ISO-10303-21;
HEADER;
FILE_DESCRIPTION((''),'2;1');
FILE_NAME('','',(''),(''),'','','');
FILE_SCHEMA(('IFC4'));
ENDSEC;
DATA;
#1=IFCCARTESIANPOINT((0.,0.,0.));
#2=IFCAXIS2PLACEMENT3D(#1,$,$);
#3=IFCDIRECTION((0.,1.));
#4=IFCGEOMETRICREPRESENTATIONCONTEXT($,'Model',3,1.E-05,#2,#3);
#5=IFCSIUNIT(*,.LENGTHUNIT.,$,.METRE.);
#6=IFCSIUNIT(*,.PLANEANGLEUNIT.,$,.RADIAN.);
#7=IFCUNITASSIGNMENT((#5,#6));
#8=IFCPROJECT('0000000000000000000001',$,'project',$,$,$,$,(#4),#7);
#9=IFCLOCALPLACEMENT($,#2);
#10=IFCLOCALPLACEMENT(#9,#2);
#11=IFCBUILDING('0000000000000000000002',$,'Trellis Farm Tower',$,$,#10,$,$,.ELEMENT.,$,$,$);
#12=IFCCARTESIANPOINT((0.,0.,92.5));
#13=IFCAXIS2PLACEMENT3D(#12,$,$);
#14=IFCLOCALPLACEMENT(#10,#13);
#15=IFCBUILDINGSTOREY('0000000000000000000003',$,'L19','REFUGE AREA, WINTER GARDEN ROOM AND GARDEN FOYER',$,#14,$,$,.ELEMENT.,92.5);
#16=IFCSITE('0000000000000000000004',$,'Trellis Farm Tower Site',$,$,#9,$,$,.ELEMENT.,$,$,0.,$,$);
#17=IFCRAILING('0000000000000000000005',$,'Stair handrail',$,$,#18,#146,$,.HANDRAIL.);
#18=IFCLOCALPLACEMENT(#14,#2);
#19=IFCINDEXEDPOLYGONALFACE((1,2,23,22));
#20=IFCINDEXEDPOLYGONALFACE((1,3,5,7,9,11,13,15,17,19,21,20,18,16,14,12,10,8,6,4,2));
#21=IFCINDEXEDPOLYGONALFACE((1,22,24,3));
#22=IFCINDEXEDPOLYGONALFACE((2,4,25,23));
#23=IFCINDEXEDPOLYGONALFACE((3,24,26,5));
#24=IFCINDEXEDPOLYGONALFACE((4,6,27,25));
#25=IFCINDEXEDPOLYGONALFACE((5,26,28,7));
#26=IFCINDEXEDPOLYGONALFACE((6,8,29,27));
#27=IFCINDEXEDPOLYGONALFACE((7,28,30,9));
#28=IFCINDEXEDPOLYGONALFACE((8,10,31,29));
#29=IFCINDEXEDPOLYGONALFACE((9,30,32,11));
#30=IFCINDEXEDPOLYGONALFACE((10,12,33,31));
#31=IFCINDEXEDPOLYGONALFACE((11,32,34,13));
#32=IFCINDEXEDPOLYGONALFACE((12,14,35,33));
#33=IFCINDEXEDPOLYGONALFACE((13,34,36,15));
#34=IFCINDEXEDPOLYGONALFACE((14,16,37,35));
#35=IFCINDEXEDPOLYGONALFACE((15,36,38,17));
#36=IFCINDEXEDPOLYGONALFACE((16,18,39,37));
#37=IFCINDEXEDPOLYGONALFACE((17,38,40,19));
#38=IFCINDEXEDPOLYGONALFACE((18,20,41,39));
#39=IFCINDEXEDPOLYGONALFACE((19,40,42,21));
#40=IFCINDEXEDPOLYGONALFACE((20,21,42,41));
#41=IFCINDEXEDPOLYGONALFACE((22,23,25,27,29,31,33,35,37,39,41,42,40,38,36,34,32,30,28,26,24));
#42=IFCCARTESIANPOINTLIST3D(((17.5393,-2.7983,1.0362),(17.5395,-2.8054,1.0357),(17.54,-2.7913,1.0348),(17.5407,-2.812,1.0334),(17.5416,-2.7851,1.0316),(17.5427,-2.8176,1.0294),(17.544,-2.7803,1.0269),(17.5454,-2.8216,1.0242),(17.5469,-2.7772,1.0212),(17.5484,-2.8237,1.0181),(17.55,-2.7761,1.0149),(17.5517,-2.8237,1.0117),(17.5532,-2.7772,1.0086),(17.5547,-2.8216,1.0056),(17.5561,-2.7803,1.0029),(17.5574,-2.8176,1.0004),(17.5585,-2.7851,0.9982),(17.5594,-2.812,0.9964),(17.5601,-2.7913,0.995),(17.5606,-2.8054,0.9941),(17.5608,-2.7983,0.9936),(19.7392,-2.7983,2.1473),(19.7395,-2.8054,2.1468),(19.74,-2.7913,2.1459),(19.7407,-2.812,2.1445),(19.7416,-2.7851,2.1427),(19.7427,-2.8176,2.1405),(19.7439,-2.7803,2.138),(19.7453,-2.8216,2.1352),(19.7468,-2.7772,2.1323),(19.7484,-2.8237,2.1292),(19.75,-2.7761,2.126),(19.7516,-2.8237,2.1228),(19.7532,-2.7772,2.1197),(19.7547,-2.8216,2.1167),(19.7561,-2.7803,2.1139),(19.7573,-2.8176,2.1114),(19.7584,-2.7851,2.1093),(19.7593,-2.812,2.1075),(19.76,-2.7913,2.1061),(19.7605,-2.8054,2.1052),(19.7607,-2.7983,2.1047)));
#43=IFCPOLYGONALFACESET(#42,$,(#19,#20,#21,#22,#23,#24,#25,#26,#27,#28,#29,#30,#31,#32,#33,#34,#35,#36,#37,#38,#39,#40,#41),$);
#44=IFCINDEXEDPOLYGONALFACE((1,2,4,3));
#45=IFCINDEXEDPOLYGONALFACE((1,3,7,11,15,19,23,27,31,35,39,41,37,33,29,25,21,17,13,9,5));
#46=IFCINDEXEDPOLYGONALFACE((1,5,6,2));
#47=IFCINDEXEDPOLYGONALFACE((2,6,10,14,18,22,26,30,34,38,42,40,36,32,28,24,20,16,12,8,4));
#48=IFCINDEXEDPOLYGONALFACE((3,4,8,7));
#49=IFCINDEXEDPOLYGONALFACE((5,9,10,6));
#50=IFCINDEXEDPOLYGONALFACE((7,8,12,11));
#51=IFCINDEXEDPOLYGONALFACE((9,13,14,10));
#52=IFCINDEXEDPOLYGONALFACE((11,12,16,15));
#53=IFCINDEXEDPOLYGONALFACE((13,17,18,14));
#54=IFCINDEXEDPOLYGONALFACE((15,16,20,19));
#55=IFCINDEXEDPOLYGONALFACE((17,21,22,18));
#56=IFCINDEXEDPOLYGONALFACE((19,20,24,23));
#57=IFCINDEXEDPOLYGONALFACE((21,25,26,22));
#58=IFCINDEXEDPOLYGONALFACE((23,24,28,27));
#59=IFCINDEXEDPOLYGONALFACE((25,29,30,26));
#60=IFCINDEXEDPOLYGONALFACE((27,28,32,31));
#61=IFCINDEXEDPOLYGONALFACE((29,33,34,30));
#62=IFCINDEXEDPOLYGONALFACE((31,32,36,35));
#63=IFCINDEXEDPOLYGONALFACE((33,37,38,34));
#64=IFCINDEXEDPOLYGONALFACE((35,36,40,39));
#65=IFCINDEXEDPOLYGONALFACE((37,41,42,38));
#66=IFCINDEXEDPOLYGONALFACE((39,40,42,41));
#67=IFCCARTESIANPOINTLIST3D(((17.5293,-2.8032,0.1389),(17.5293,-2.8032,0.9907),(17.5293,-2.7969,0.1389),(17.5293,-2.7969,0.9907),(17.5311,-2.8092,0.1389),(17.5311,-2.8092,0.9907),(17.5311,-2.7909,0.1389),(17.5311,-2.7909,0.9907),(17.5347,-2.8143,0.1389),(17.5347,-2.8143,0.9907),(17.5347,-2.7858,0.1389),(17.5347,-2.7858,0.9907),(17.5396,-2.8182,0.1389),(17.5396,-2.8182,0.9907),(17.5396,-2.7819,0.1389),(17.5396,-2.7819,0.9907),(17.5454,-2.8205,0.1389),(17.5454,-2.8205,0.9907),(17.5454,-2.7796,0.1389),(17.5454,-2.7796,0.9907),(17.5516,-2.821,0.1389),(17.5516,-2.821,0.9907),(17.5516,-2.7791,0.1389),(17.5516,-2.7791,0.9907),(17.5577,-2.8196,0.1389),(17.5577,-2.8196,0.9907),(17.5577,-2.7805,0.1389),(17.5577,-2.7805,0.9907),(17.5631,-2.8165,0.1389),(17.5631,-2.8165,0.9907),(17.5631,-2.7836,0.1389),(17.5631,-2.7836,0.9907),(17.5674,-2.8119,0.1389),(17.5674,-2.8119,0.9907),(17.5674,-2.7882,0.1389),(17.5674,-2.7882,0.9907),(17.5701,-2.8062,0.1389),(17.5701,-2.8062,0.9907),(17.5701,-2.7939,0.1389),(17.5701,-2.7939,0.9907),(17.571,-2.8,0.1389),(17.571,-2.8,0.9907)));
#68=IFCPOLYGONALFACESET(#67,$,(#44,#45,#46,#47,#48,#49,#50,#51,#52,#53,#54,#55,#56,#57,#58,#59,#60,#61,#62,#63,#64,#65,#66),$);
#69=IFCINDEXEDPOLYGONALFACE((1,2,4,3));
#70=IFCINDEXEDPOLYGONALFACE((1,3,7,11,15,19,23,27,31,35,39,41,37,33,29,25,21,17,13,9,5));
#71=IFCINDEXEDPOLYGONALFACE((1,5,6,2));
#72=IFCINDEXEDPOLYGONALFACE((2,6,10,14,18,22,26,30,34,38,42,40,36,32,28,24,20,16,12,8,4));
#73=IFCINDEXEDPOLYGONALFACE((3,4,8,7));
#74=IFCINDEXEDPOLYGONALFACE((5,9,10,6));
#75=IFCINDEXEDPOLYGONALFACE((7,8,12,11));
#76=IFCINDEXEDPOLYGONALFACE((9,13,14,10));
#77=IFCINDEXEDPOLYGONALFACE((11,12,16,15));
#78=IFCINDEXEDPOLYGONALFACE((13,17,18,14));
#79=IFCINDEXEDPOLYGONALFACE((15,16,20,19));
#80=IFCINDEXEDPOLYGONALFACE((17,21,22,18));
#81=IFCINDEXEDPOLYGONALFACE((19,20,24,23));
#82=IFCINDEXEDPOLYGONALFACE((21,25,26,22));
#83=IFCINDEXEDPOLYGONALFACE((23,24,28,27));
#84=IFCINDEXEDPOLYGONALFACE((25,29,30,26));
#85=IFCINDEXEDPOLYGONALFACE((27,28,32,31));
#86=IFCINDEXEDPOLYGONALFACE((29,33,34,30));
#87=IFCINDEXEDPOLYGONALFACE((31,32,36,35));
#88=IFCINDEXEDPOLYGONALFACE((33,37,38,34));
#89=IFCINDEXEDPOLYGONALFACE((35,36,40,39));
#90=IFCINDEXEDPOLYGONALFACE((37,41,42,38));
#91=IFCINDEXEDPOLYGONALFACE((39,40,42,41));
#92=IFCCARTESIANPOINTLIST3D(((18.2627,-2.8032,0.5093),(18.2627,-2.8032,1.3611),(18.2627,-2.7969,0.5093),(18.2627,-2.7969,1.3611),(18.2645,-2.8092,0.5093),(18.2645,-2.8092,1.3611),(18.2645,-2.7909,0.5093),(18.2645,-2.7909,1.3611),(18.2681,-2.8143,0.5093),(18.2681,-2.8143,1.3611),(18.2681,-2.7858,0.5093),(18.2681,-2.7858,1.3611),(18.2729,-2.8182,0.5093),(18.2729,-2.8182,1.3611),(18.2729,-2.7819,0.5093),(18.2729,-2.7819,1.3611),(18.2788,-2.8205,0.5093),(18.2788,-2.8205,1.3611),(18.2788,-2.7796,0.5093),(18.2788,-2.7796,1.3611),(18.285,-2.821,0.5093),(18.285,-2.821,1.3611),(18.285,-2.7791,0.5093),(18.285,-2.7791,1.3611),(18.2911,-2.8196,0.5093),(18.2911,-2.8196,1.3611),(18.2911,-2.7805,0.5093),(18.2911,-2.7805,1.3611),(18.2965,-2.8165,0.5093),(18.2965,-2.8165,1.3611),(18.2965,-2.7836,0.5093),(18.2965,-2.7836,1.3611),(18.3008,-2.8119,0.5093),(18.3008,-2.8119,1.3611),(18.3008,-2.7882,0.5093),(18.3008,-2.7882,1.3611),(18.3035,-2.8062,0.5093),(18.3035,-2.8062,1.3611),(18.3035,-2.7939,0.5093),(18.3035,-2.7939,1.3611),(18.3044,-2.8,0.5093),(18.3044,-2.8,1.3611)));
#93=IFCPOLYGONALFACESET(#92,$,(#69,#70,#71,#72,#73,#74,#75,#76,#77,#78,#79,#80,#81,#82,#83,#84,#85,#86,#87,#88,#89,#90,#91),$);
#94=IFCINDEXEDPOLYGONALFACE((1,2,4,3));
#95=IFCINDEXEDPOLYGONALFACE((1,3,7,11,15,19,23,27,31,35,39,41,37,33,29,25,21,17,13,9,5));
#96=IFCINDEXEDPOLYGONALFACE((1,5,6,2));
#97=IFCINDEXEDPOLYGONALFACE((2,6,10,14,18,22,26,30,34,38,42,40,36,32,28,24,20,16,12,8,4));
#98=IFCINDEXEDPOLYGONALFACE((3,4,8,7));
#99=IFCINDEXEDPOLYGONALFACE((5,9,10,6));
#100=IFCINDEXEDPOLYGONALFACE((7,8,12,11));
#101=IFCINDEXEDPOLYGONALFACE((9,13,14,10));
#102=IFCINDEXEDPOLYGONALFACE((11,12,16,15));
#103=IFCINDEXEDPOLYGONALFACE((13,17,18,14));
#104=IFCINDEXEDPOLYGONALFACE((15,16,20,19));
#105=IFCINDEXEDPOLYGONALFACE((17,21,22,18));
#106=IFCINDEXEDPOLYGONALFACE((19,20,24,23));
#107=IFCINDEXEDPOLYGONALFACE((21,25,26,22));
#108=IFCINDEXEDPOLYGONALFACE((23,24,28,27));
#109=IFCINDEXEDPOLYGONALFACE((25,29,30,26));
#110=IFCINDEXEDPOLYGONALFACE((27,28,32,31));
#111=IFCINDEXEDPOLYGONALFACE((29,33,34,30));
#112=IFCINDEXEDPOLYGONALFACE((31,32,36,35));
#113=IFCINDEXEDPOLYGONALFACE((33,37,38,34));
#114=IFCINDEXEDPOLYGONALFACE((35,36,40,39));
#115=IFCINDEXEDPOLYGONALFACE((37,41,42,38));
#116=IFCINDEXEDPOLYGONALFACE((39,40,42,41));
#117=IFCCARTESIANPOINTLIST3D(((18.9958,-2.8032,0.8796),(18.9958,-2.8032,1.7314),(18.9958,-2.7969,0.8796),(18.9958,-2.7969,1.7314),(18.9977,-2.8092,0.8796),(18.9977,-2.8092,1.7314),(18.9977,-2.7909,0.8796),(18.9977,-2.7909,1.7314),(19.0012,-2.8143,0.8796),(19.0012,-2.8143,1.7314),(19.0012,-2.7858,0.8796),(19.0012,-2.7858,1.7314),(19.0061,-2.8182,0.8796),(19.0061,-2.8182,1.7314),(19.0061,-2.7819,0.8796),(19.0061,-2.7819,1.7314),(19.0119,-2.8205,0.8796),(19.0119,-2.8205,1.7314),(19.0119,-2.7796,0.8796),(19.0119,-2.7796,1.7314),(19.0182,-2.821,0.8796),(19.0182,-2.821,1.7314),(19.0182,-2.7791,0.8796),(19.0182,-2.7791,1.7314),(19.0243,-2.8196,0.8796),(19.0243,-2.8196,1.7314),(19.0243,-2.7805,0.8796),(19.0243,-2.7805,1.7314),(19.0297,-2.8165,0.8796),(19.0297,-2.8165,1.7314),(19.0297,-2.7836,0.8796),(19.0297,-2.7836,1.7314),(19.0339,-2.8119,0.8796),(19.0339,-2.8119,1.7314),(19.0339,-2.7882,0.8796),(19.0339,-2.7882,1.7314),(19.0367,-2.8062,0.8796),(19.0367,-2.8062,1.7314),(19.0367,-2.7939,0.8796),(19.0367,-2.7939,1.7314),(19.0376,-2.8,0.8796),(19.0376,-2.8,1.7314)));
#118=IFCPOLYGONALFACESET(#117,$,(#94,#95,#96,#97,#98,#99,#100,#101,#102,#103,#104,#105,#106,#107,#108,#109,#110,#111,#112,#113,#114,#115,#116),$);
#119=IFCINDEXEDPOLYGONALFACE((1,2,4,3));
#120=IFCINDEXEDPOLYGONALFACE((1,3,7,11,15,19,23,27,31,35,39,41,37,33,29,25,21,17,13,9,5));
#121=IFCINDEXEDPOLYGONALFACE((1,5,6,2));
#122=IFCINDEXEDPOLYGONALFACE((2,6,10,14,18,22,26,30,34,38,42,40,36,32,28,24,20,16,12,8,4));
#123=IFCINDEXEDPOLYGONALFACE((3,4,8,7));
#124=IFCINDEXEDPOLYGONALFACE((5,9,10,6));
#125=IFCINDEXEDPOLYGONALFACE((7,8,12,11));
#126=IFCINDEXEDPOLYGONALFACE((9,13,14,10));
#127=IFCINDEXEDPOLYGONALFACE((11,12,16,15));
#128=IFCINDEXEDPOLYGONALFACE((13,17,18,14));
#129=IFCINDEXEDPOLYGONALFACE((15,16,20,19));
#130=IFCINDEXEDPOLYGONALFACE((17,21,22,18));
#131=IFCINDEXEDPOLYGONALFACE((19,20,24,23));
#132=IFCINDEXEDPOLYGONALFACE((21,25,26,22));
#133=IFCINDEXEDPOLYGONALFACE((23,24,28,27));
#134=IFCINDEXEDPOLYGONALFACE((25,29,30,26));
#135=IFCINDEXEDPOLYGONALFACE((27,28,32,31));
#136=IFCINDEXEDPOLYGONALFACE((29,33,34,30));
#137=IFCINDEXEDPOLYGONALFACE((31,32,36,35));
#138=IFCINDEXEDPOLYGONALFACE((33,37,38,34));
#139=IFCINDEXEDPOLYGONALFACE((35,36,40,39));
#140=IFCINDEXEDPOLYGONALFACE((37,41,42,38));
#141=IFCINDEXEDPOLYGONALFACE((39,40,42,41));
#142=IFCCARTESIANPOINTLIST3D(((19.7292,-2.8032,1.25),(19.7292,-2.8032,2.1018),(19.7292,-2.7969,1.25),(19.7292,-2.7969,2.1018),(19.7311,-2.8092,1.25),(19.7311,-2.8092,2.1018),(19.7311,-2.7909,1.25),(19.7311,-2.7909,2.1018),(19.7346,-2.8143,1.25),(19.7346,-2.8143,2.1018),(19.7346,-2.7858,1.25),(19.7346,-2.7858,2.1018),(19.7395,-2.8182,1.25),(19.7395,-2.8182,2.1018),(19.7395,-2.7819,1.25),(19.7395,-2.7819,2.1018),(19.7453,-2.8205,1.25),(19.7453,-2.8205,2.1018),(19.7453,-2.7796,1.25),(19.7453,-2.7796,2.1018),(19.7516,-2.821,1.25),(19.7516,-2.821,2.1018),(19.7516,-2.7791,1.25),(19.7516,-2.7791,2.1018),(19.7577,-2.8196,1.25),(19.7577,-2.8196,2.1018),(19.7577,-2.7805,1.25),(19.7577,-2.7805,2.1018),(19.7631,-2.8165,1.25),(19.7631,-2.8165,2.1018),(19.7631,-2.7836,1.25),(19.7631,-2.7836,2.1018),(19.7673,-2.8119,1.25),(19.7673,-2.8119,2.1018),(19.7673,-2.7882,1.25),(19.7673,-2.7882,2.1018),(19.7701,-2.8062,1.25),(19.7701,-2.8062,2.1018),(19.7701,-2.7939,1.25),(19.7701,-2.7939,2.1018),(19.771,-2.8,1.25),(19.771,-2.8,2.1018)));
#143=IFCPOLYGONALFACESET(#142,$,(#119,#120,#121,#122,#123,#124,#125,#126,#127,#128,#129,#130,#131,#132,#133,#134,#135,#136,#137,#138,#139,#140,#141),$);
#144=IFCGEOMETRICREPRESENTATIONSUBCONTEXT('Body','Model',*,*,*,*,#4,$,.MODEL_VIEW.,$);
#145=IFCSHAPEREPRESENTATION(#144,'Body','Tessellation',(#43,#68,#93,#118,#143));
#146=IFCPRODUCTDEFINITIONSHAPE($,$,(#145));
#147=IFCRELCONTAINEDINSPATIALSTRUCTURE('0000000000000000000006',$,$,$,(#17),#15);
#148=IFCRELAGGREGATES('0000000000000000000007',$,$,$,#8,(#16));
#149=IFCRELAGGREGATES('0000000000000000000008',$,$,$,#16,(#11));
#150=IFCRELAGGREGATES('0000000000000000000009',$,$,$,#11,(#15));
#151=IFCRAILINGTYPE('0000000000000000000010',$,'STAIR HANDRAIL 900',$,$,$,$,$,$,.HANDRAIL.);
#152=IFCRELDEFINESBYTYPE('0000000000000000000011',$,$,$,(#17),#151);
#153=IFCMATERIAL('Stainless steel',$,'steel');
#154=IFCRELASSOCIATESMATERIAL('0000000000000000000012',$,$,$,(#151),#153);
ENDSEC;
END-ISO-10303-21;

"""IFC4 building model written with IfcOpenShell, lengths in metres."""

from ifc_helpers import new_model, si_unit, direction, frame, origin, origin_2d, place, context, subcontext, project, spatial, circle, extrude, source, transform, mapped, material, type_object, element, save


model = new_model("IFC4")

# Units and contexts
model_context = context("Model", 3, precision=1e-05, world=origin(), true_north=direction((0.0, 1.0)))
body_context = subcontext(model_context, "Body", "Model", "MODEL_VIEW")
ifc_project = project(units=[si_unit("LENGTHUNIT", "METRE"), si_unit("PLANEANGLEUNIT", "RADIAN")], contexts=[model_context])

# Site, building, storey
site_placement = place(None, origin())
site = spatial("IfcSite", under=ifc_project, at=site_placement, Name="Trellis Farm Tower Site", CompositionType="ELEMENT", RefElevation=0.0)
building_placement = place(site_placement, origin())
building = spatial("IfcBuilding", under=site, at=building_placement, Name="Trellis Farm Tower", CompositionType="ELEMENT")
storey_placement = place(building_placement, frame((0.0, 0.0, 92.5)))
storey = spatial("IfcBuildingStorey", under=building, at=storey_placement, Name="L19", Description="REFUGE AREA, WINTER GARDEN ROOM AND GARDEN FOYER", CompositionType="ELEMENT", Elevation=92.5)

# Shared definitions
ifc_material_1 = material(Name="Stainless steel", Category="steel")

# Railing
railing_type = type_object("IfcRailingType", Name="STAIR HANDRAIL 900", PredefinedType="HANDRAIL", material=ifc_material_1)
shared_shape_1 = source(origin(), body_context, "Body", "SweptSolid", [
    extrude(circle(Radius=0.0239, at=origin_2d()), frame((0.0, 0.0, 0.876), z_axis=(0.892617, 0.0, 0.450816), x_axis=(0.0, 1.0, 0.0)), (0.0, 0.0, 1.0), 2.4646),
    extrude(circle(Radius=0.021, at=origin_2d()), origin(), (0.0, 0.0, 1.0), 0.8518),
    extrude(circle(Radius=0.021, at=origin_2d()), frame((0.7334, 0.0, 0.3704)), (0.0, 0.0, 1.0), 0.8518),
    extrude(circle(Radius=0.021, at=origin_2d()), frame((1.4666, 0.0, 0.7407)), (0.0, 0.0, 1.0), 0.8518),
    extrude(circle(Radius=0.021, at=origin_2d()), frame((2.2, 0.0, 1.1111)), (0.0, 0.0, 1.0), 0.8518),
])
for number, where, name in (
    (1, (17.55, -2.8, 0.1389), "Stair handrail"),
):
    element("IfcRailing", number, at=place(storey_placement, frame(where)), inside=storey, type_object=railing_type, Name=name, PredefinedType="HANDRAIL", context=body_context, shape_type="MappedRepresentation", body=[
        mapped(shared_shape_1, transform((0.0, 0.0, 0.0))),
    ])

save(model, "model.ifc")
